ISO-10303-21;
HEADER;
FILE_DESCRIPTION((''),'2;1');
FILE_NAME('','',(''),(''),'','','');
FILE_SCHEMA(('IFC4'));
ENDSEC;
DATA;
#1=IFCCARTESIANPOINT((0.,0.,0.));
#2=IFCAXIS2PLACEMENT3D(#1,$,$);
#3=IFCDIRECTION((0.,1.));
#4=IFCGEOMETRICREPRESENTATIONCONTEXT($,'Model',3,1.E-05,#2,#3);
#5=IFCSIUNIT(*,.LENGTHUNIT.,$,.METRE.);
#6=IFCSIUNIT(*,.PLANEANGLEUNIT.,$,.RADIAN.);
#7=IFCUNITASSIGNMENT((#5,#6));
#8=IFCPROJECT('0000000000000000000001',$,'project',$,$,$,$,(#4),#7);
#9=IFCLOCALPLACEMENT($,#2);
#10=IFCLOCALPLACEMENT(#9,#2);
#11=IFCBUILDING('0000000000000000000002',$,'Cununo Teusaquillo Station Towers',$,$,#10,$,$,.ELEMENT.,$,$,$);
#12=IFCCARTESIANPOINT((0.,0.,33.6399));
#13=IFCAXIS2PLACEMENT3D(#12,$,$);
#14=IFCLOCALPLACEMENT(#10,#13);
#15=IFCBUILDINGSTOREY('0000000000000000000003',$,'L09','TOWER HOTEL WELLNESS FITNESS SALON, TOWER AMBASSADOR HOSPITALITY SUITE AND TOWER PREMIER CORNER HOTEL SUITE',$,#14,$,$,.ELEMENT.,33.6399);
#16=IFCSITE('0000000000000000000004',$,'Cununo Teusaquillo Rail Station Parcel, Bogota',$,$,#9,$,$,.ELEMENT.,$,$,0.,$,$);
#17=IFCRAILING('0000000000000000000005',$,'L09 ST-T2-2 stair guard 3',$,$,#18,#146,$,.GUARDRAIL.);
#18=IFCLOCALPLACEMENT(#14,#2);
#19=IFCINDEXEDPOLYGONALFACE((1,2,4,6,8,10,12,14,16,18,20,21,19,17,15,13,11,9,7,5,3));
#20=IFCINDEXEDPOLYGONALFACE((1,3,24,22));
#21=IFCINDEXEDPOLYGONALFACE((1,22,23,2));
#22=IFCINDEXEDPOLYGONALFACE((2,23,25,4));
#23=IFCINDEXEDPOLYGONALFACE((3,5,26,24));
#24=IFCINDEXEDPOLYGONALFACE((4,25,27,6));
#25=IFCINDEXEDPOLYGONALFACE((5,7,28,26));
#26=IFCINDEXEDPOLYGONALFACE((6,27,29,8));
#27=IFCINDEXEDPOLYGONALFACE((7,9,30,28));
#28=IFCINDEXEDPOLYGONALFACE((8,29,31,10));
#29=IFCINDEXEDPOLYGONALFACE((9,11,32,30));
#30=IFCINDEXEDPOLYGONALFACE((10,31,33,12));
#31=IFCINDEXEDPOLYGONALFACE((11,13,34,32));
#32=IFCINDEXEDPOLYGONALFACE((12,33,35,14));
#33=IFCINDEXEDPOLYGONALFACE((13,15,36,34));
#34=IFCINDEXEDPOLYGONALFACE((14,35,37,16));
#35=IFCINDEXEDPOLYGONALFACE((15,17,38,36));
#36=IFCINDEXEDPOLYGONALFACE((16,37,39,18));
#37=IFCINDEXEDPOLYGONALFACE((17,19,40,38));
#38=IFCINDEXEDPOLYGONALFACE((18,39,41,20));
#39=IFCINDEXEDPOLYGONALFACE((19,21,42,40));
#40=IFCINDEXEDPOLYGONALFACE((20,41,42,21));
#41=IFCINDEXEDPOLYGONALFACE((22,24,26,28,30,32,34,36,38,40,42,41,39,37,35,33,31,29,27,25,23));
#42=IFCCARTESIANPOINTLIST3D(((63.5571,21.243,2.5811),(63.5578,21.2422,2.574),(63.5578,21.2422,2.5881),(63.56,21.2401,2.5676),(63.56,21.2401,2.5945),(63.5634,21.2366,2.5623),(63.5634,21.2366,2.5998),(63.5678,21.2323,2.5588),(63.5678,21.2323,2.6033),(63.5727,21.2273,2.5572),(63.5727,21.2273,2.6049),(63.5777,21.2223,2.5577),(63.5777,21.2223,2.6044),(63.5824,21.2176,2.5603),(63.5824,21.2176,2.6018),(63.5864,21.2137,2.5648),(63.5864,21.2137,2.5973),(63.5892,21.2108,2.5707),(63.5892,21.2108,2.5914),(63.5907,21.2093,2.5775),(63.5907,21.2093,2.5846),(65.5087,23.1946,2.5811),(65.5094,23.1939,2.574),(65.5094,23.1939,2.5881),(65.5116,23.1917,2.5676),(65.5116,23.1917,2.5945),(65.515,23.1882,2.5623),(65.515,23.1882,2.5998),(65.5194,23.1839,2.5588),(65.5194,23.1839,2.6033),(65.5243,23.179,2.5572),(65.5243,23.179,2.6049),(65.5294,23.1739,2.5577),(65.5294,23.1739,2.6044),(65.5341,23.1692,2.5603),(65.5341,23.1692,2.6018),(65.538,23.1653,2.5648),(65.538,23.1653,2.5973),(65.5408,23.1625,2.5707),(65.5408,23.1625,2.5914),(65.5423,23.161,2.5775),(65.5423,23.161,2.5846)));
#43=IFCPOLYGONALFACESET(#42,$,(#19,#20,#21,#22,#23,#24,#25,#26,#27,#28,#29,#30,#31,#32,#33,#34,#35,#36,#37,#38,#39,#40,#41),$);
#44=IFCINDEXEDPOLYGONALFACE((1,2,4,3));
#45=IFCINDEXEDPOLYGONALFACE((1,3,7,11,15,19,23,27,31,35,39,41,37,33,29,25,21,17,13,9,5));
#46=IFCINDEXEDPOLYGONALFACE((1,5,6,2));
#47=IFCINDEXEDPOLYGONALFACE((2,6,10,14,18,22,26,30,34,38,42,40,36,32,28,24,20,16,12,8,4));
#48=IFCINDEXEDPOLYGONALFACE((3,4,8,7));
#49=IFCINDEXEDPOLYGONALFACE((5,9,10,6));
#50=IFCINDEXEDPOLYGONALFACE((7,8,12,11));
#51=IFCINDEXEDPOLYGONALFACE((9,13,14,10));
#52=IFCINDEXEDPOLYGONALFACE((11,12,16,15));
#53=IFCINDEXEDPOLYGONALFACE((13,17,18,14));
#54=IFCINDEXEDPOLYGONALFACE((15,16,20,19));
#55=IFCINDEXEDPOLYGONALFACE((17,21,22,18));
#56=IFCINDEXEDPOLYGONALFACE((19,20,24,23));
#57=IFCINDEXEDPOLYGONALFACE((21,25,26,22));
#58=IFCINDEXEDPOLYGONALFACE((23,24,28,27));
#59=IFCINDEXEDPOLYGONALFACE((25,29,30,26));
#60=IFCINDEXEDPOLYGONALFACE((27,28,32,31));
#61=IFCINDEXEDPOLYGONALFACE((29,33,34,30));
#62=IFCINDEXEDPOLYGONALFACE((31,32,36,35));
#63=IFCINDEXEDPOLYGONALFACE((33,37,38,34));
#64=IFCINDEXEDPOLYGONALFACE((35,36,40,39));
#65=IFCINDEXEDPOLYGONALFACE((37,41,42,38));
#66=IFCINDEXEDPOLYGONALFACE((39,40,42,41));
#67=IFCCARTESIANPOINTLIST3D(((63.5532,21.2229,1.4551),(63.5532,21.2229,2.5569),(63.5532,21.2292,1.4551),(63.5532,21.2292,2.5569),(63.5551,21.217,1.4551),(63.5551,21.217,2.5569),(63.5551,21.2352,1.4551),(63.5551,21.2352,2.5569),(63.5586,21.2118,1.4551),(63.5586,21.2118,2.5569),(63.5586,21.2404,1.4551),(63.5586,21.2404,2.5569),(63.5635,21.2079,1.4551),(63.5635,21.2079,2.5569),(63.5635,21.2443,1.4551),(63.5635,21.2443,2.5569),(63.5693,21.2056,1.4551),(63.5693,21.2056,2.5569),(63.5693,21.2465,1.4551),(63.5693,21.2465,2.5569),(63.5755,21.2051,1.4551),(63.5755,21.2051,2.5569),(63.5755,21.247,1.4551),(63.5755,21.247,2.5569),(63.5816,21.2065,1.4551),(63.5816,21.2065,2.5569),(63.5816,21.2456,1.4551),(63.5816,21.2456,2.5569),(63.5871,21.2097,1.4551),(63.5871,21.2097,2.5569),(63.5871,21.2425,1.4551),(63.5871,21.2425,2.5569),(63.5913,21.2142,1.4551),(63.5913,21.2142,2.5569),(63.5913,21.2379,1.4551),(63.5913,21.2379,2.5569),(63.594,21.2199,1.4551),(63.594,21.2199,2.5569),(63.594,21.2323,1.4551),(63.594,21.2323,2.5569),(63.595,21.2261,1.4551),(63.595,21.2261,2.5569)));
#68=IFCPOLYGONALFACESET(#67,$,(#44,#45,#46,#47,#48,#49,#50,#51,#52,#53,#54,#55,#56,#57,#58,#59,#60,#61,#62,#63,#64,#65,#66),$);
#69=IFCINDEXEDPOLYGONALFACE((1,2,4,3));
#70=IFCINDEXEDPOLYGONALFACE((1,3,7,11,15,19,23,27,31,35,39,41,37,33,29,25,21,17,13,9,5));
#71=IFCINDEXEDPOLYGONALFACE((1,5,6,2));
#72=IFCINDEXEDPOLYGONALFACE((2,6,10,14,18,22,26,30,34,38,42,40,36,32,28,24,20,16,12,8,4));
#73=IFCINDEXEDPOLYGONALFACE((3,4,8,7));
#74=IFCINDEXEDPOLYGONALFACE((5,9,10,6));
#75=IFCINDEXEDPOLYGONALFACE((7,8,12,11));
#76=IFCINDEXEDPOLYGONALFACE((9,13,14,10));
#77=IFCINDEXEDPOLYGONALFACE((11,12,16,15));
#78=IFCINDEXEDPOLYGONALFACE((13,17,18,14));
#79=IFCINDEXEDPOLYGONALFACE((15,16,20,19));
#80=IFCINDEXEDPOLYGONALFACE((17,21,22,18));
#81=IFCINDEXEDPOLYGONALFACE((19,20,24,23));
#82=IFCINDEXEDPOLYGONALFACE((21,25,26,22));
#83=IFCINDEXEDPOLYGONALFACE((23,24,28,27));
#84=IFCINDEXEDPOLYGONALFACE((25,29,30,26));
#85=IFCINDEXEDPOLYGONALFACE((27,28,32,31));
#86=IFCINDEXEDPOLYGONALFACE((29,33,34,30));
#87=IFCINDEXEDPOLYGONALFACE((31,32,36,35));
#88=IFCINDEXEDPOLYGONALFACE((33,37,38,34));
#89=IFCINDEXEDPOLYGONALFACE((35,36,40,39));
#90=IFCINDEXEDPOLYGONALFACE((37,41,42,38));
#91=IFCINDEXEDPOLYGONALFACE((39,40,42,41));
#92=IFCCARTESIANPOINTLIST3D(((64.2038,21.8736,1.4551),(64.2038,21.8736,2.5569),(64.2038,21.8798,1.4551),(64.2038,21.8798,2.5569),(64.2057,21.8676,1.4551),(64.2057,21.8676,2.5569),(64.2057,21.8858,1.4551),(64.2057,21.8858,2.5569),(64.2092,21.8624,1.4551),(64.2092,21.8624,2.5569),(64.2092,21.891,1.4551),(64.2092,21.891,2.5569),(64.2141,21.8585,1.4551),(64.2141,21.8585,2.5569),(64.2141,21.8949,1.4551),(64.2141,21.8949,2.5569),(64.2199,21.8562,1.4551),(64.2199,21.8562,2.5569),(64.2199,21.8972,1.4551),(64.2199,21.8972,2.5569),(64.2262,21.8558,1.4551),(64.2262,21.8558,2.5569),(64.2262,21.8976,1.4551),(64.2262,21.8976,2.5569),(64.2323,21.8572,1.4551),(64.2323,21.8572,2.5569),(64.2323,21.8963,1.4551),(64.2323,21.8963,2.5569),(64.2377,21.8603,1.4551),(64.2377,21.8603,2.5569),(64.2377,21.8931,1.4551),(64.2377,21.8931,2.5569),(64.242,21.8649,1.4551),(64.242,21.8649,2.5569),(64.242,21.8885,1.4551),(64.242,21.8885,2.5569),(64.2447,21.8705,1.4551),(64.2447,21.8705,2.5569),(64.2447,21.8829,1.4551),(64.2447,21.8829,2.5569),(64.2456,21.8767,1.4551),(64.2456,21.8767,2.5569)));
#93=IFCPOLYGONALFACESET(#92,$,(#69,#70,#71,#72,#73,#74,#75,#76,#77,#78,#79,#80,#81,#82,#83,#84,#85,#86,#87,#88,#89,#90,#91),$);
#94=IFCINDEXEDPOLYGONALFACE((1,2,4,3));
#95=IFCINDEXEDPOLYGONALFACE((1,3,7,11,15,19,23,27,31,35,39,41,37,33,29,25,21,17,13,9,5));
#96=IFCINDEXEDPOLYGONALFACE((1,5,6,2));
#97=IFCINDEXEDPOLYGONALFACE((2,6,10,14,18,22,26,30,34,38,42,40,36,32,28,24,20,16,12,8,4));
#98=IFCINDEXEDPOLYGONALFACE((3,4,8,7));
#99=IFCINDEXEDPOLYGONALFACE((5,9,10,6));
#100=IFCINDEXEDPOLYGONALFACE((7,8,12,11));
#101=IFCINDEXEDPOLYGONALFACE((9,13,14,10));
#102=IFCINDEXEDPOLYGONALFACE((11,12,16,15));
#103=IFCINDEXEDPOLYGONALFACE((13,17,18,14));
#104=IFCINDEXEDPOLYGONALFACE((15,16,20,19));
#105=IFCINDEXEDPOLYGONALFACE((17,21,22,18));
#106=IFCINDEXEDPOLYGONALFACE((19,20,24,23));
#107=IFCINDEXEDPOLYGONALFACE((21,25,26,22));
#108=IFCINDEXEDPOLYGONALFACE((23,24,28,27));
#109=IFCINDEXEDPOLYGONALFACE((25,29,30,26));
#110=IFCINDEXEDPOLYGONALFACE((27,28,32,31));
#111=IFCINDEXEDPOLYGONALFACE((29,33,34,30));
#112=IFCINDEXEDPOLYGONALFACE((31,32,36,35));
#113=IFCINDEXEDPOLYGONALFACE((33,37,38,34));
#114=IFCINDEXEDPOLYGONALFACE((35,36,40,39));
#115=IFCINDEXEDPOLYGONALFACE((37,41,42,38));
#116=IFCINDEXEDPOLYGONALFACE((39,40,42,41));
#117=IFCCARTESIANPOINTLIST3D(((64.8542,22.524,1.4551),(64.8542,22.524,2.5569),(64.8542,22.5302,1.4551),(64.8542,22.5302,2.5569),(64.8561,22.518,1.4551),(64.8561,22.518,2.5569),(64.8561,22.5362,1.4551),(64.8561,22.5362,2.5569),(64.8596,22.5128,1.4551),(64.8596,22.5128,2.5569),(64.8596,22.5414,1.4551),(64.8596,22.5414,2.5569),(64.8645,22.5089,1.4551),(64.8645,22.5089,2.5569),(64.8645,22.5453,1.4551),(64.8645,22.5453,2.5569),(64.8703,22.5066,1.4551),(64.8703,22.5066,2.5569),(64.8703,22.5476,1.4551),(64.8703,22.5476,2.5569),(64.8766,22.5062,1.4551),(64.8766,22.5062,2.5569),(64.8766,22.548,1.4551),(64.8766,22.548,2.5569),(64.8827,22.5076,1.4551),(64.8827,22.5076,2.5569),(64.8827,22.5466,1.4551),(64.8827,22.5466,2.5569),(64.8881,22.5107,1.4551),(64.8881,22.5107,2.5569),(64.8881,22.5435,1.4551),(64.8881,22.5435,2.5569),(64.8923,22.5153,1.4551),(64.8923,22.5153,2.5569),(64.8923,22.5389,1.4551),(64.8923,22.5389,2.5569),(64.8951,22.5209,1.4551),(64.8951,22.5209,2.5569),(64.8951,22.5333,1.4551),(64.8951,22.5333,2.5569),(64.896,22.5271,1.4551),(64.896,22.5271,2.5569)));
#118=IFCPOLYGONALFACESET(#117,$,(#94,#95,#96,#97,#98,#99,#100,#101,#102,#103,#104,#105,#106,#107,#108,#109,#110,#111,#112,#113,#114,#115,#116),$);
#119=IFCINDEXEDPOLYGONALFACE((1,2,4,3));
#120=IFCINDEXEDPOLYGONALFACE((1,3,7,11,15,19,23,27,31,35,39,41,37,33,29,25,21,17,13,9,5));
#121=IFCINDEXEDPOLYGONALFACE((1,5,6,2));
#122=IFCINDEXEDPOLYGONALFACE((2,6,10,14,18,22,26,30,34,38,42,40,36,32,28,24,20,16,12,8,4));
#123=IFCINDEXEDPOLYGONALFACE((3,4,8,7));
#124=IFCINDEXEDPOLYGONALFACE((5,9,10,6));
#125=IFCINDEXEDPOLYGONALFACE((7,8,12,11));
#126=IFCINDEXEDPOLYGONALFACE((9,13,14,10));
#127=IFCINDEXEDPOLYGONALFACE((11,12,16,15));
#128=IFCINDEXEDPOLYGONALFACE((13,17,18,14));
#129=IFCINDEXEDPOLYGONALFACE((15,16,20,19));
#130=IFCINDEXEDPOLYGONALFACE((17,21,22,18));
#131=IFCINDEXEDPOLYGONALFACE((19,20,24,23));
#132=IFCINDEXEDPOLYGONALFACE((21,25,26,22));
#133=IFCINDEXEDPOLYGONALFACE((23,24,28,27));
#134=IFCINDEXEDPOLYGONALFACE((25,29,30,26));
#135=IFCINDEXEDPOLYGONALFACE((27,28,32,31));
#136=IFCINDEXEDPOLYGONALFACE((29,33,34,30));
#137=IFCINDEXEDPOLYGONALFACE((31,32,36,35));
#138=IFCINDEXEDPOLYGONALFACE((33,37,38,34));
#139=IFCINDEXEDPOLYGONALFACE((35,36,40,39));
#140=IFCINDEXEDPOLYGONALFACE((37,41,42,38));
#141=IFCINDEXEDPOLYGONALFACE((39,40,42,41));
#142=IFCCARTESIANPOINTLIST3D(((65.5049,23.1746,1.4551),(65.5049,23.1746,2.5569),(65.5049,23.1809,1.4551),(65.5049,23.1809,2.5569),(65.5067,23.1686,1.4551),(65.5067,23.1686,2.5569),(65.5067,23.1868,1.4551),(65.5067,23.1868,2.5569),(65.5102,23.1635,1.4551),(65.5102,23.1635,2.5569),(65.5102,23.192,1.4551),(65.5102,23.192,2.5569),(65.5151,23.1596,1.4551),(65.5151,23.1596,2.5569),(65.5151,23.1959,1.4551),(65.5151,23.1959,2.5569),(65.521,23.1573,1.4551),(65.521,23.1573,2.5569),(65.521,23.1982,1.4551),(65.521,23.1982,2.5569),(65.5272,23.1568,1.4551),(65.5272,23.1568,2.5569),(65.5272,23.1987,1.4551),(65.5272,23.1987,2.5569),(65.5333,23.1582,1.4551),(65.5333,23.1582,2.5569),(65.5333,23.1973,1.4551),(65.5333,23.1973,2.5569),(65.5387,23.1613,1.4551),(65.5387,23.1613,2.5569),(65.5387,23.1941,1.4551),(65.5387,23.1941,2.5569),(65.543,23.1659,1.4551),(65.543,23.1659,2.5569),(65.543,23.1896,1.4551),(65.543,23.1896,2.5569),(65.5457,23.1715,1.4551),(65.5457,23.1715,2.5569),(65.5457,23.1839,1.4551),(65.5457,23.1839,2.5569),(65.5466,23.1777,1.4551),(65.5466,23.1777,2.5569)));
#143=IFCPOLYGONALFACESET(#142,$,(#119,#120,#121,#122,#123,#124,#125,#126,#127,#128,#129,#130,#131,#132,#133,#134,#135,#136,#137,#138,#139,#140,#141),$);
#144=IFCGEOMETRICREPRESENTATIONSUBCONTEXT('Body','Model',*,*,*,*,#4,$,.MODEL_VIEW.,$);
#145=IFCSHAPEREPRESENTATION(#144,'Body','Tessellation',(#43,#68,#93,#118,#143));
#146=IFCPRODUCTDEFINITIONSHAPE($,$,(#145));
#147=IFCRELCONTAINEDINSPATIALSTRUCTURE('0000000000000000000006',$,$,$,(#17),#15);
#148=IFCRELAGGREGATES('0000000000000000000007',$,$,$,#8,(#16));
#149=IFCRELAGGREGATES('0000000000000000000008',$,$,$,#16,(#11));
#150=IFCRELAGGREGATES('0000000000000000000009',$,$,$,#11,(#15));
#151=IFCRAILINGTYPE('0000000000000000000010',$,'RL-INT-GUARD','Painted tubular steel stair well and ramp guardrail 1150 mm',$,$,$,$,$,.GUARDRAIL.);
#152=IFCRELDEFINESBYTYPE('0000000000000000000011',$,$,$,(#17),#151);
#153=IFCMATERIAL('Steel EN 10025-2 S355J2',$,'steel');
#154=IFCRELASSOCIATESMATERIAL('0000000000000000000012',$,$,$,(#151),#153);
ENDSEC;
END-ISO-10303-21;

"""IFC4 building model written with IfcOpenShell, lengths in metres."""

from ifc_helpers import new_model, si_unit, direction, frame, origin, origin_2d, place, context, subcontext, project, spatial, circle, extrude, material, type_object, element, save


model = new_model("IFC4")

# Units and contexts
model_context = context("Model", 3, precision=1e-05, world=origin(), true_north=direction((0.0, 1.0)))
body_context = subcontext(model_context, "Body", "Model", "MODEL_VIEW")
ifc_project = project(units=[si_unit("LENGTHUNIT", "METRE"), si_unit("PLANEANGLEUNIT", "RADIAN")], contexts=[model_context])

# Site, building, storey
site_placement = place(None, origin())
site = spatial("IfcSite", under=ifc_project, at=site_placement, Name="Cununo Teusaquillo Rail Station Parcel, Bogota", CompositionType="ELEMENT", RefElevation=0.0)
building_placement = place(site_placement, origin())
building = spatial("IfcBuilding", under=site, at=building_placement, Name="Cununo Teusaquillo Station Towers", CompositionType="ELEMENT")
storey_placement = place(building_placement, frame((0.0, 0.0, 33.6399)))
storey = spatial("IfcBuildingStorey", under=building, at=storey_placement, Name="L09", Description="TOWER HOTEL WELLNESS FITNESS SALON, TOWER AMBASSADOR HOSPITALITY SUITE AND TOWER PREMIER CORNER HOTEL SUITE", CompositionType="ELEMENT", Elevation=33.6399)

# Railing
ifc_material_1 = material(Name="Steel EN 10025-2 S355J2", Category="steel")
railing_type = type_object("IfcRailingType", Name="RL-INT-GUARD", Description="Painted tubular steel stair well and ramp guardrail 1150 mm", PredefinedType="GUARDRAIL", material=ifc_material_1)
railing_1_placement = place(storey_placement, frame((63.574, 21.2261, 1.4551)))
element("IfcRailing", 1, at=railing_1_placement, inside=storey, type_object=railing_type, Name="L09 ST-T2-2 stair guard 3", PredefinedType="GUARDRAIL", context=body_context, shape_type="SweptSolid", body=[
    extrude(circle(Radius=0.0239, at=origin_2d()), frame((0.0, 0.0, 1.126), z_axis=(0.707107, 0.707107, 0.0), x_axis=(-0.707107, 0.707107, 0.0)), (0.0, 0.0, 1.0), 2.76),
    extrude(circle(Radius=0.021, at=origin_2d()), origin(), (0.0, 0.0, 1.0), 1.1018),
    extrude(circle(Radius=0.021, at=origin_2d()), frame((0.6506, 0.6506, 0.0)), (0.0, 0.0, 1.0), 1.1018),
    extrude(circle(Radius=0.021, at=origin_2d()), frame((1.301, 1.301, 0.0)), (0.0, 0.0, 1.0), 1.1018),
    extrude(circle(Radius=0.021, at=origin_2d()), frame((1.9517, 1.9517, 0.0)), (0.0, 0.0, 1.0), 1.1018),
])

save(model, "model.ifc")
